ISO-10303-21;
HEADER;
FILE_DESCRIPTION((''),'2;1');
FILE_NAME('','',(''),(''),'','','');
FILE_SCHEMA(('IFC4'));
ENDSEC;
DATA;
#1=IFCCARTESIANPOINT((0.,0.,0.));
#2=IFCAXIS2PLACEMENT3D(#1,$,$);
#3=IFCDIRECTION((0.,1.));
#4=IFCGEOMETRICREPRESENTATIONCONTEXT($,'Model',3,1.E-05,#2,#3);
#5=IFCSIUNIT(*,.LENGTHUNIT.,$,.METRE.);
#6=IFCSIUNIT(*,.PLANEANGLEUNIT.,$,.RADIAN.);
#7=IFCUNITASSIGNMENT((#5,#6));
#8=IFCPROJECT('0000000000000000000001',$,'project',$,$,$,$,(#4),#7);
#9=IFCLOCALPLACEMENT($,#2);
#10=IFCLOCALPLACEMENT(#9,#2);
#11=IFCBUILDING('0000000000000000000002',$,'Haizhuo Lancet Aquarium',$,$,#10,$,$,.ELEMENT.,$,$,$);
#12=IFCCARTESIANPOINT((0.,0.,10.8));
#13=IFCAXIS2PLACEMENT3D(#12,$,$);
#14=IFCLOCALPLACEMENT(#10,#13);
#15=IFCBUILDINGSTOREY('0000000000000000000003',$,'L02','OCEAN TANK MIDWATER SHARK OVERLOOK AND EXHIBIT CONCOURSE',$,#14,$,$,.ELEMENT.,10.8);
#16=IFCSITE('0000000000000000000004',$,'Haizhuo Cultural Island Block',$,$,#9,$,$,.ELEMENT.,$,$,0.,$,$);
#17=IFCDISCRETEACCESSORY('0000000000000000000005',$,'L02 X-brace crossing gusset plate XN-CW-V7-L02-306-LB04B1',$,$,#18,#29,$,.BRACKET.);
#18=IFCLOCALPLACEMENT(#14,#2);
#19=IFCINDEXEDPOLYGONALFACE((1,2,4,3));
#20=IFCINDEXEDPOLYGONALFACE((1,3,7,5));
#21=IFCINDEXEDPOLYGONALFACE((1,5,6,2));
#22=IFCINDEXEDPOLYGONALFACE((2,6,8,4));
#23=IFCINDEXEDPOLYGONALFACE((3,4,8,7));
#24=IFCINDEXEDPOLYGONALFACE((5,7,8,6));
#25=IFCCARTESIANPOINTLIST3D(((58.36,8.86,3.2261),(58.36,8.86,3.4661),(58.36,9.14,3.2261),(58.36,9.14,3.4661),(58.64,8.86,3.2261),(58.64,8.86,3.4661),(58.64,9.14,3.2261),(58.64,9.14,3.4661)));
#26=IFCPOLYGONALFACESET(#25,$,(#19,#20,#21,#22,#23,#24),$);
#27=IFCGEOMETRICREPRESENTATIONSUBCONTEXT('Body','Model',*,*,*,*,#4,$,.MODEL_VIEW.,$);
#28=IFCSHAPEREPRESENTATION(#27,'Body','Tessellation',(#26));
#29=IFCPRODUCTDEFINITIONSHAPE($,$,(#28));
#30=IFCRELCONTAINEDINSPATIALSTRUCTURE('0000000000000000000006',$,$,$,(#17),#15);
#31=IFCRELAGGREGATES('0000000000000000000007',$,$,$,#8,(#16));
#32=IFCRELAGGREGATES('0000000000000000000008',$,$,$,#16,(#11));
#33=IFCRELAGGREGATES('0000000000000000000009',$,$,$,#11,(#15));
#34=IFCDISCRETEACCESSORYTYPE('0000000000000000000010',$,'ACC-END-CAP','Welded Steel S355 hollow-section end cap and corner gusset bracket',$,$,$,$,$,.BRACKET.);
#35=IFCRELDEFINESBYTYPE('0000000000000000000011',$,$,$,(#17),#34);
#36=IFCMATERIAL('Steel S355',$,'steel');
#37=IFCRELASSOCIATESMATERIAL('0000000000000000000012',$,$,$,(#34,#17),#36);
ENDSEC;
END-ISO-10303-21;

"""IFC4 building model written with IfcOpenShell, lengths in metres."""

from ifc_helpers import new_model, si_unit, direction, frame, origin, origin_2d, place, context, subcontext, project, spatial, rectangle, extrude, material, type_object, element, save


model = new_model("IFC4")

# Units and contexts
model_context = context("Model", 3, precision=1e-05, world=origin(), true_north=direction((0.0, 1.0)))
body_context = subcontext(model_context, "Body", "Model", "MODEL_VIEW")
ifc_project = project(units=[si_unit("LENGTHUNIT", "METRE"), si_unit("PLANEANGLEUNIT", "RADIAN")], contexts=[model_context])

# Site, building, storey
site_placement = place(None, origin())
site = spatial("IfcSite", under=ifc_project, at=site_placement, Name="Haizhuo Cultural Island Block", CompositionType="ELEMENT", RefElevation=0.0)
building_placement = place(site_placement, origin())
building = spatial("IfcBuilding", under=site, at=building_placement, Name="Haizhuo Lancet Aquarium", CompositionType="ELEMENT")
storey_placement = place(building_placement, frame((0.0, 0.0, 10.8)))
storey = spatial("IfcBuildingStorey", under=building, at=storey_placement, Name="L02", Description="OCEAN TANK MIDWATER SHARK OVERLOOK AND EXHIBIT CONCOURSE", CompositionType="ELEMENT", Elevation=10.8)

# Shared definitions
ifc_material_1 = material(Name="Steel S355", Category="steel")

# Discrete accessory
discrete_accessory_type = type_object("IfcDiscreteAccessoryType", Name="ACC-END-CAP", Description="Welded Steel S355 hollow-section end cap and corner gusset bracket", PredefinedType="BRACKET", material=ifc_material_1)
for number, where, z_axis, x_axis, name in (
    (1, (58.5, 9.0, 3.2261), (0.0, 0.0, 1.0), (1.0, 0.0, 0.0), "L02 X-brace crossing gusset plate XN-CW-V7-L02-306-LB04B1"),
):
    element("IfcDiscreteAccessory", number, at=place(storey_placement, frame(where, z_axis=z_axis, x_axis=x_axis)), inside=storey, type_object=discrete_accessory_type, material=ifc_material_1, Name=name, PredefinedType="BRACKET", context=body_context, shape_type="SweptSolid", body=[
        extrude(rectangle(XDim=0.28, YDim=0.28, at=origin_2d()), origin(), (0.0, 0.0, 1.0), 0.24),
    ])

save(model, "model.ifc")
